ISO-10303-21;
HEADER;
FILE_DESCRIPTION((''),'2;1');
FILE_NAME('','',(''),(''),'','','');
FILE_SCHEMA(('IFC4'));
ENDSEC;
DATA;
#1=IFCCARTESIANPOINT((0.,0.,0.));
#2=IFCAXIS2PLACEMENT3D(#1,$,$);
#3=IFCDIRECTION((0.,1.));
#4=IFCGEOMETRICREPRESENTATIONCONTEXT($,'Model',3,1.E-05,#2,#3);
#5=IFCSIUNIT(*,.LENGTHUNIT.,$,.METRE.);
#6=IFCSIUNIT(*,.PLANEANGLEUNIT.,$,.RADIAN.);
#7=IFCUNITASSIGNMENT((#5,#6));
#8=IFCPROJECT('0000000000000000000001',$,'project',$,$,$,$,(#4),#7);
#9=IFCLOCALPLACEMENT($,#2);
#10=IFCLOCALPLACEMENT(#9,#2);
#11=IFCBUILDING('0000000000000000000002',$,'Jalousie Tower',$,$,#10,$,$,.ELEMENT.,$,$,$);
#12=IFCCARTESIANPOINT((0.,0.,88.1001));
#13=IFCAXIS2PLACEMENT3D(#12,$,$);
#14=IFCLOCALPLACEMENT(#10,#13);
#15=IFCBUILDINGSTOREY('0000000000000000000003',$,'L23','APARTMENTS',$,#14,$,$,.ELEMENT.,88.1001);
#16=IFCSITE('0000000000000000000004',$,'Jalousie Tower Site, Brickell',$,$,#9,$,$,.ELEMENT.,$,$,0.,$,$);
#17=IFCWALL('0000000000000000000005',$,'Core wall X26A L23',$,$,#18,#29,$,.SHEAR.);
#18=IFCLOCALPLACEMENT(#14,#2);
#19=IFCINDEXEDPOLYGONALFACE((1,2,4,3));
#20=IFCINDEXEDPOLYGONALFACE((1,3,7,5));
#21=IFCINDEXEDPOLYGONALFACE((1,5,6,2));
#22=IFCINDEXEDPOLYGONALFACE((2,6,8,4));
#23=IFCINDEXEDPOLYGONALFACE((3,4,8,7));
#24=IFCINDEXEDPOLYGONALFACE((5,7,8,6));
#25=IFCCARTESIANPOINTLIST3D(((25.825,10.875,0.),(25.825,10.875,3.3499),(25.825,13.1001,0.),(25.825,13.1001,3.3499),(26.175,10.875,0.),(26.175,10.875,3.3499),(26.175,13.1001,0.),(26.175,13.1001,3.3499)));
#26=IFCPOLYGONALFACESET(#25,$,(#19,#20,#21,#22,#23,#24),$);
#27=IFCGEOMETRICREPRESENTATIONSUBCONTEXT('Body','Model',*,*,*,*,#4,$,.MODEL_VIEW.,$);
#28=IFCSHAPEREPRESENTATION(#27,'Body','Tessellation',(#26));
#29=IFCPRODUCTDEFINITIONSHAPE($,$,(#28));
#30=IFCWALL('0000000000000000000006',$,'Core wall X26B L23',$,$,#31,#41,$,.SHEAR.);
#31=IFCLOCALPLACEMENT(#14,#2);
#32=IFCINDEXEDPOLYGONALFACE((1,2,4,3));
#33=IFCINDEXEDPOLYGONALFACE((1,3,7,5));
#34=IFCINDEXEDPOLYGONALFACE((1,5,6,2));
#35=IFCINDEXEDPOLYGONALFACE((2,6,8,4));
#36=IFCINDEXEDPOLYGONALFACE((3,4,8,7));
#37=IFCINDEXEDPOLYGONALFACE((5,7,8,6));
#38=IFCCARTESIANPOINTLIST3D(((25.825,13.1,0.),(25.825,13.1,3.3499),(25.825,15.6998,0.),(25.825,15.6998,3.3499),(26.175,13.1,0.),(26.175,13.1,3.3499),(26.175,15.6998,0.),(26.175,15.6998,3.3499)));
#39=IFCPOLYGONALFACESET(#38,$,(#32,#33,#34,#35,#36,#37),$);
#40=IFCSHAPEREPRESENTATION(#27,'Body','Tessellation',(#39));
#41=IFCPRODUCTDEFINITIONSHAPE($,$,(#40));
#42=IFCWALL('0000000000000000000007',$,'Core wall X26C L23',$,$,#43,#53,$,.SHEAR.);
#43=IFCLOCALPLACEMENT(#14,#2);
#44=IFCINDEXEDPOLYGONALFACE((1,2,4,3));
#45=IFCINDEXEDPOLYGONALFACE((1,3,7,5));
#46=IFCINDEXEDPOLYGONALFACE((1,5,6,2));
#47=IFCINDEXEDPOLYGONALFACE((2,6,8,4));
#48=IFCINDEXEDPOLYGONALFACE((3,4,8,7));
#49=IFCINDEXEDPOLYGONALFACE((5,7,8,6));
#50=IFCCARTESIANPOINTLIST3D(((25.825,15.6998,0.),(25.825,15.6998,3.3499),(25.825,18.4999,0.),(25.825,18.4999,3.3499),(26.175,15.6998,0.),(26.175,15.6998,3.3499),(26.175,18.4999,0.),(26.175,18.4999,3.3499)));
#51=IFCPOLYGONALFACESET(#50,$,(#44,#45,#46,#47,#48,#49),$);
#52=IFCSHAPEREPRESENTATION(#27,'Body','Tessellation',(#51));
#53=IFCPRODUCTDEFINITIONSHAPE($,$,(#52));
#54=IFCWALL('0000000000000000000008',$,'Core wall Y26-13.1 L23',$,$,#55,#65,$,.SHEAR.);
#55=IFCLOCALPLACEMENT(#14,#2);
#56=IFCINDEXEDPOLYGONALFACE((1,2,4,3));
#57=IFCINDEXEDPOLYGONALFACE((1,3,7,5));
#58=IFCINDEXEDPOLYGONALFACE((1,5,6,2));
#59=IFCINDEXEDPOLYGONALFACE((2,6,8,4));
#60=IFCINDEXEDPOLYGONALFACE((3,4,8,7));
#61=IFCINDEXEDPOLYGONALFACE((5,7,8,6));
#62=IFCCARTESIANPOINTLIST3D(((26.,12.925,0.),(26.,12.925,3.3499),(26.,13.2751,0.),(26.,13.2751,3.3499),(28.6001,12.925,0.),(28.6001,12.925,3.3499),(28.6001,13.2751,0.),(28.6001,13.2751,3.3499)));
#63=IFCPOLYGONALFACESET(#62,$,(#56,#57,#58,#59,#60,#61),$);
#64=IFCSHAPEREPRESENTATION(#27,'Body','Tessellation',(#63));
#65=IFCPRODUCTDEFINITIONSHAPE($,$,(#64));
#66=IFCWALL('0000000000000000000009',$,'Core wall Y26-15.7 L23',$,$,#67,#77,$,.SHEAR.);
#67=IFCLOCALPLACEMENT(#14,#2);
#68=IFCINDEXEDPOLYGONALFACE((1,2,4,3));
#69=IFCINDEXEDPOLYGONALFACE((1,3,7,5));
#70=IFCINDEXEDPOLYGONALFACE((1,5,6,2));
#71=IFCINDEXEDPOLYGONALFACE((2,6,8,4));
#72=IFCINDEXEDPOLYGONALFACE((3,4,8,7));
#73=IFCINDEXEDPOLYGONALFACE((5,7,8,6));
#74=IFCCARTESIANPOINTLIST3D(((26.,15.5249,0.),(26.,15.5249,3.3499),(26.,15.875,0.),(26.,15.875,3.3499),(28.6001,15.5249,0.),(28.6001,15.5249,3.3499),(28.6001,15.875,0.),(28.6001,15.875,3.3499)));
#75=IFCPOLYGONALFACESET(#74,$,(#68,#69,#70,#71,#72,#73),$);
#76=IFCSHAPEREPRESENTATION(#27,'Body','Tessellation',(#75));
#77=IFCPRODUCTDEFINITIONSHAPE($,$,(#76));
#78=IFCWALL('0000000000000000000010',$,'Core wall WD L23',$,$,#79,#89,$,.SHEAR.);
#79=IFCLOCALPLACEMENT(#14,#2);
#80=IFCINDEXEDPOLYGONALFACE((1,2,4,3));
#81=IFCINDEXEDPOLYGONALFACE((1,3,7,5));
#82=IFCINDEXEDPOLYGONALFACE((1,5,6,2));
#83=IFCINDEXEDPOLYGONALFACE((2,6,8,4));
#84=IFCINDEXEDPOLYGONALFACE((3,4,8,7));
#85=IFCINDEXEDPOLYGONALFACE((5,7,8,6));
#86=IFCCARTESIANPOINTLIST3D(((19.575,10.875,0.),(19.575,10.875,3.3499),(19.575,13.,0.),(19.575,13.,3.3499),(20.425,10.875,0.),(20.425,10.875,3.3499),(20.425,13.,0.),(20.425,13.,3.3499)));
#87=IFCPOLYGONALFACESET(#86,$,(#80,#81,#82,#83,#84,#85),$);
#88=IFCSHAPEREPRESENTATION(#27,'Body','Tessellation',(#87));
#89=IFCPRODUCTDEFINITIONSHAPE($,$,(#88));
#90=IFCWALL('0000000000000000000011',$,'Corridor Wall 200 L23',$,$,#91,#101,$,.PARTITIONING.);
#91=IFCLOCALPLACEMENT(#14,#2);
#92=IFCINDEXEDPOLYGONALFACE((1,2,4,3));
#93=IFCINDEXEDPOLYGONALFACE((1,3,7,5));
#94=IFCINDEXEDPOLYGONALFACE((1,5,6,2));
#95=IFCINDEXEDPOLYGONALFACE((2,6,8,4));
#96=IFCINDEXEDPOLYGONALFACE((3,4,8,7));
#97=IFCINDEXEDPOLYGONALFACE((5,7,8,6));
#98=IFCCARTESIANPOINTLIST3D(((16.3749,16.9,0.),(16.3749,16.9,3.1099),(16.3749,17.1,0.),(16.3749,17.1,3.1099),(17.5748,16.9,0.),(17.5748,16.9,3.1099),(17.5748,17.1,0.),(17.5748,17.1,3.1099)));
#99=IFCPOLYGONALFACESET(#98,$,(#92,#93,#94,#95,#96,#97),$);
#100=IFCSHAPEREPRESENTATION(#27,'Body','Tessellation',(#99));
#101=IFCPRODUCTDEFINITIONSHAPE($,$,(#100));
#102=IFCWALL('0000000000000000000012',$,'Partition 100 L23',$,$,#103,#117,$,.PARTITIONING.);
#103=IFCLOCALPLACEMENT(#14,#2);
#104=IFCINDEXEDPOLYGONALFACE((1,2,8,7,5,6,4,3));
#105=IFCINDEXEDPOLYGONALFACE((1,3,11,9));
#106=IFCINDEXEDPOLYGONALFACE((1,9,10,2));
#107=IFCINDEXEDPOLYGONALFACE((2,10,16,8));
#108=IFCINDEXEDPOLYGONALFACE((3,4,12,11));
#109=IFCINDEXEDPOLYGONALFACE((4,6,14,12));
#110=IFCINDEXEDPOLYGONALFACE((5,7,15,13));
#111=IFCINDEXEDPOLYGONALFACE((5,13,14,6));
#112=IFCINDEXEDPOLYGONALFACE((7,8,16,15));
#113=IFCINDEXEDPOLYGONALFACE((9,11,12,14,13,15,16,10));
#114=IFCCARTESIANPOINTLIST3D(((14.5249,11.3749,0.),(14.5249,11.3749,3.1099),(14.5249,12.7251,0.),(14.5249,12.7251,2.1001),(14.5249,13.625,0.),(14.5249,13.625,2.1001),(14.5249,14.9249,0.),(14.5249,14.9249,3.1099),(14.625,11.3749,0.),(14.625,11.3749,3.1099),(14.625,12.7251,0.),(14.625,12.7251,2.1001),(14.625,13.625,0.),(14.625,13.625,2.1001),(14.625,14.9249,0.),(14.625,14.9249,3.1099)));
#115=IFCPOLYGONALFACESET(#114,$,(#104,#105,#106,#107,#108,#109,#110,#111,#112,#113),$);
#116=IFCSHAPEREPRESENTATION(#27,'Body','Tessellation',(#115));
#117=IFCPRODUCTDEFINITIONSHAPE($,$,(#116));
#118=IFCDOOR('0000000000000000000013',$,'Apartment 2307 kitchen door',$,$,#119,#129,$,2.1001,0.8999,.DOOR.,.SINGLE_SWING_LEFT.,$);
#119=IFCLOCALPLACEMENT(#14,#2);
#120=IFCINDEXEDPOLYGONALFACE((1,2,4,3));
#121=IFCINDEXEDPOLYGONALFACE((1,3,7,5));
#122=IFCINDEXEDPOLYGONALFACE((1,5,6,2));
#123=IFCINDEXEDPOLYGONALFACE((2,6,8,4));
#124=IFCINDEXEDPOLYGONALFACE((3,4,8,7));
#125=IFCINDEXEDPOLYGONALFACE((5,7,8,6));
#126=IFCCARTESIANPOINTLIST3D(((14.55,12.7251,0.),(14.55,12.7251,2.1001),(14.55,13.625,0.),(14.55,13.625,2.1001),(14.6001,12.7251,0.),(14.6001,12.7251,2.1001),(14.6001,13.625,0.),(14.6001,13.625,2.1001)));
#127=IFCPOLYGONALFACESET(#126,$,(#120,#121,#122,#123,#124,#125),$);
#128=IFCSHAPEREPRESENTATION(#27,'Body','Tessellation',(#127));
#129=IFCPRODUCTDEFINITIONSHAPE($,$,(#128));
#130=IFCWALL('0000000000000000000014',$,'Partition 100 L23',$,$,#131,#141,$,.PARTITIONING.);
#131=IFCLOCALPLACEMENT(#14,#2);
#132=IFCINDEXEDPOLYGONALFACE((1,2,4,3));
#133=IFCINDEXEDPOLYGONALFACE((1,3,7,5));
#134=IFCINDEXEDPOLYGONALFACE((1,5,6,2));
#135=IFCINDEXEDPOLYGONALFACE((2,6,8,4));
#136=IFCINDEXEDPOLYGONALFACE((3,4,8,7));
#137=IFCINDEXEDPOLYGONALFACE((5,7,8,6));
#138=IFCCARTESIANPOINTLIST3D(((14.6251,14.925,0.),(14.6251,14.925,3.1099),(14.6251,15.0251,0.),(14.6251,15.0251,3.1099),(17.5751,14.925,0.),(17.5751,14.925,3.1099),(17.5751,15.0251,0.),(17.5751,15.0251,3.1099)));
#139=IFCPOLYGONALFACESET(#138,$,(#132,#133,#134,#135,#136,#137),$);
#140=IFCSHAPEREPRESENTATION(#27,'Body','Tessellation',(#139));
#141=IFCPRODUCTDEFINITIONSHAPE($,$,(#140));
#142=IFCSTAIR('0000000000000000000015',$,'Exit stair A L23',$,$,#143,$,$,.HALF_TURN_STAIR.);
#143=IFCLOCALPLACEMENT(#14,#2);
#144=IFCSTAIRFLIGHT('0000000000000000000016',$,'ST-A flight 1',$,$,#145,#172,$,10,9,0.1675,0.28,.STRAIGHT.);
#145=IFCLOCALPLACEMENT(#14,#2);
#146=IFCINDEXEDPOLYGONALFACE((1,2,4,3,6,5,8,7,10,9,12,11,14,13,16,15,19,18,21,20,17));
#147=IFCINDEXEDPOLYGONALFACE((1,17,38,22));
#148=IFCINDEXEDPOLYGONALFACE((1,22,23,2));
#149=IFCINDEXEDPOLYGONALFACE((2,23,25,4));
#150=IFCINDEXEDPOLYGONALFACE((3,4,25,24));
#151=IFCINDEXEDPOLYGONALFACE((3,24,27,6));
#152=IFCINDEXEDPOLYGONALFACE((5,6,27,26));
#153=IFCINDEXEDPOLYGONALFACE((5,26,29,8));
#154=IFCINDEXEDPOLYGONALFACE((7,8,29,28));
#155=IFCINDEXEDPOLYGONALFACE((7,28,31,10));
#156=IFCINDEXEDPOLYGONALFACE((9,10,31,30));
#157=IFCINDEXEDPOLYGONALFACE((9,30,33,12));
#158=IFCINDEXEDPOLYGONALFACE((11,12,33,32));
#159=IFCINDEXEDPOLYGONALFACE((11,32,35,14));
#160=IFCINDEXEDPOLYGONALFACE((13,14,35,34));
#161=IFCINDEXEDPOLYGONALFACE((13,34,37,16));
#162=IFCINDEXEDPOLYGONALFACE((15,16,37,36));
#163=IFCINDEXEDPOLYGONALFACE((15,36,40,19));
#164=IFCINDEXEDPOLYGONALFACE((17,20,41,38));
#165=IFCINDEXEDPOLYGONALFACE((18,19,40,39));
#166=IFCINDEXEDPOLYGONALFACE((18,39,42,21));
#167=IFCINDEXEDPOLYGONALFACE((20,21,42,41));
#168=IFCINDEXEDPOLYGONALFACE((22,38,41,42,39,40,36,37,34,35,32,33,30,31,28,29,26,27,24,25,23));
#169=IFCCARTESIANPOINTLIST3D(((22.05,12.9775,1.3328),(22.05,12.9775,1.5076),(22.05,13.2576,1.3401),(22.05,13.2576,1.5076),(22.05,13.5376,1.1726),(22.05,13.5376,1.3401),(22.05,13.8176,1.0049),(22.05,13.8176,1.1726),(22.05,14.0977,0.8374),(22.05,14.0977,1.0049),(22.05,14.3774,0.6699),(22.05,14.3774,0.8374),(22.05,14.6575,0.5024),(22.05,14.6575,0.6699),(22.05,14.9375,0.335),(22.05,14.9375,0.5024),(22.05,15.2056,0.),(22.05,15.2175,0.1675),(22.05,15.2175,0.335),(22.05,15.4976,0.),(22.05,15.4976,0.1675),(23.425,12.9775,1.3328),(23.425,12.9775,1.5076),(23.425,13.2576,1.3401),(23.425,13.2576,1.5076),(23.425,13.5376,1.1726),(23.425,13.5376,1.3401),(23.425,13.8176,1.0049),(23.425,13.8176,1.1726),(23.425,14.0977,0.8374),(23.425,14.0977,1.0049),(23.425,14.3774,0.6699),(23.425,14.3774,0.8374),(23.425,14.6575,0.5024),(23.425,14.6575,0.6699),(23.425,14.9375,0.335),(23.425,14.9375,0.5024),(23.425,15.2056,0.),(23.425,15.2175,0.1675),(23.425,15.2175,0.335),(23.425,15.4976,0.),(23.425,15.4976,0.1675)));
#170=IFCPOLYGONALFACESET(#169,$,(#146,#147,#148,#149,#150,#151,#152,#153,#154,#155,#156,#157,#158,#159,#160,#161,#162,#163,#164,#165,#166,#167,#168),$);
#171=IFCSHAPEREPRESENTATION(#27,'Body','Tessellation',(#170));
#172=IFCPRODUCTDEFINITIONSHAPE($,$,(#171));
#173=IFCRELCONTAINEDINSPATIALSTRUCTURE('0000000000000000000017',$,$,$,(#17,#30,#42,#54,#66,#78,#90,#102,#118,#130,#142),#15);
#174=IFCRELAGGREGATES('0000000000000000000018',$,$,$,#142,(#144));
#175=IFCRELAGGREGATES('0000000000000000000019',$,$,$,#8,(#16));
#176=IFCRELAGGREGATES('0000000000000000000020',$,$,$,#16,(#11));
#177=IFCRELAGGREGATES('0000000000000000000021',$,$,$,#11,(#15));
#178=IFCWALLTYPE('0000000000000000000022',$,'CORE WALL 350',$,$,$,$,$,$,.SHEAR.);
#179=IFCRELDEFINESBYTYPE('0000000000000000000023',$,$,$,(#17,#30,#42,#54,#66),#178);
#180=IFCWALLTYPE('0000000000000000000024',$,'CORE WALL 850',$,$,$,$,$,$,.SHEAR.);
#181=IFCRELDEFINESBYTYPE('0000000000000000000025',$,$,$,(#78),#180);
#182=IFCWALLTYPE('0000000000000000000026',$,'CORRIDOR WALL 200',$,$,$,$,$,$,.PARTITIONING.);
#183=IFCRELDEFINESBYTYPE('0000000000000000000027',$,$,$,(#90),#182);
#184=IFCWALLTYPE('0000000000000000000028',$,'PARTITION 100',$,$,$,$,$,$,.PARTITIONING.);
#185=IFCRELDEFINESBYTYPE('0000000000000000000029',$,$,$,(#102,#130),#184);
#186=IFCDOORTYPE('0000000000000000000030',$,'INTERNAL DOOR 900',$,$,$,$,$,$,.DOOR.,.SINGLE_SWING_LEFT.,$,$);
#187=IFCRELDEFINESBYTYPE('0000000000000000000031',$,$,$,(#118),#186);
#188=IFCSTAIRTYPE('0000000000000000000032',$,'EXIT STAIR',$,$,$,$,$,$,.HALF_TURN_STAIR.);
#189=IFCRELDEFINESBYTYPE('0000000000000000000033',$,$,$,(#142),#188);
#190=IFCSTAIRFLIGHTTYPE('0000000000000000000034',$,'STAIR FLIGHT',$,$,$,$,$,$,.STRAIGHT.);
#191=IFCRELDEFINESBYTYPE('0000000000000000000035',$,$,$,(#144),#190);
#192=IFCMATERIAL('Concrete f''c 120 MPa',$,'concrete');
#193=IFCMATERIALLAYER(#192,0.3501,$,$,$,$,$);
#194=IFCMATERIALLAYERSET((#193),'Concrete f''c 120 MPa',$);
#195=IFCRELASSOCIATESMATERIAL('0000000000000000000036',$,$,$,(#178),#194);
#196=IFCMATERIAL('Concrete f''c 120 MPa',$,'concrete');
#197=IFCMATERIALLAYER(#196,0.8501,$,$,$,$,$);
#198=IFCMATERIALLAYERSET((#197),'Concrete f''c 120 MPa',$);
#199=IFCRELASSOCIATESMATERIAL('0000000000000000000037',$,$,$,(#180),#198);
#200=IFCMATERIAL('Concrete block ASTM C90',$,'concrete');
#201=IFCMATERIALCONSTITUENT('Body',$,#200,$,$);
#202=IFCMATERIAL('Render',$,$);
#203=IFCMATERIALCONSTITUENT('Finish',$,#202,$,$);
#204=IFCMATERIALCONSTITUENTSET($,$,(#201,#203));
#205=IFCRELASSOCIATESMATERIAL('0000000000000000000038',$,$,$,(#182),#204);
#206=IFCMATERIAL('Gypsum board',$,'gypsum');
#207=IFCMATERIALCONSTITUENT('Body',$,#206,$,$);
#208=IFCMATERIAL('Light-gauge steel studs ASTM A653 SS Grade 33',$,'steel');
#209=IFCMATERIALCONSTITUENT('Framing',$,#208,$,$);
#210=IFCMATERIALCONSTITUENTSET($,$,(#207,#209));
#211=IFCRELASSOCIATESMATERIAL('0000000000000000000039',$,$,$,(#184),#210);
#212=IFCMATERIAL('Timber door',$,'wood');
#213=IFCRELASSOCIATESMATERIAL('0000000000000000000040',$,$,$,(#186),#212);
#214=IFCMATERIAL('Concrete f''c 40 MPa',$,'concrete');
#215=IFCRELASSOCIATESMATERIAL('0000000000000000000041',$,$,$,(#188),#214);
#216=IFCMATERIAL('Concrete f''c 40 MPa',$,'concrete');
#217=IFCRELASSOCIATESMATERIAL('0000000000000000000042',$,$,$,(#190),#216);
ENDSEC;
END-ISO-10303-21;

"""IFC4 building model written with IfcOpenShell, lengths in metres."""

from ifc_helpers import new_model, si_unit, direction, frame, frame_2d, origin, place, context, subcontext, project, spatial, polyline, rectangle, outline, extrude, material, layer, layer_set, constituent, constituent_set, type_object, element, fill, aggregate, save


model = new_model("IFC4")

# Units and contexts
model_context = context("Model", 3, precision=1e-05, world=origin(), true_north=direction((0.0, 1.0)))
body_context = subcontext(model_context, "Body", "Model", "MODEL_VIEW")
ifc_project = project(units=[si_unit("LENGTHUNIT", "METRE"), si_unit("PLANEANGLEUNIT", "RADIAN")], contexts=[model_context])

# Site, building, storey
site_placement = place(None, origin())
site = spatial("IfcSite", under=ifc_project, at=site_placement, Name="Jalousie Tower Site, Brickell", CompositionType="ELEMENT", RefElevation=0.0)
building_placement = place(site_placement, origin())
building = spatial("IfcBuilding", under=site, at=building_placement, Name="Jalousie Tower", CompositionType="ELEMENT")
storey_placement = place(building_placement, frame((0.0, 0.0, 88.1001)))
storey = spatial("IfcBuildingStorey", under=building, at=storey_placement, Name="L23", Description="APARTMENTS", CompositionType="ELEMENT", Elevation=88.1001)

# Walls
ifc_material_1 = material(Name="Concrete f'c 120 MPa", Category="concrete")
ifc_layer_1 = layer(ifc_material_1, 0.3501)
ifc_layer_set_1 = layer_set([ifc_layer_1], Name="Concrete f'c 120 MPa")
wall_type_1 = type_object("IfcWallType", Name="CORE WALL 350", PredefinedType="SHEAR", material=ifc_layer_set_1)
wall_1_placement = place(storey_placement, frame((26.0, 10.875, 0.0), z_axis=(0.0, 0.0, 1.0), x_axis=(0.0, 1.0, 0.0)))
element("IfcWall", 1, at=wall_1_placement, inside=storey, type_object=wall_type_1, Name="Core wall X26A L23", PredefinedType="SHEAR", context=body_context, shape_type="SweptSolid", body=[
    extrude(rectangle(XDim=2.2251, YDim=0.3501, at=frame_2d((1.1125, 0.0))), origin(), (0.0, 0.0, 1.0), 3.3499),
])
wall_2_placement = place(storey_placement, frame((26.0, 13.1001, 0.0), z_axis=(0.0, 0.0, 1.0), x_axis=(0.0, 1.0, 0.0)))
element("IfcWall", 2, at=wall_2_placement, inside=storey, type_object=wall_type_1, Name="Core wall X26B L23", PredefinedType="SHEAR", context=body_context, shape_type="SweptSolid", body=[
    extrude(rectangle(XDim=2.5999, YDim=0.3501, at=frame_2d((1.2998, 0.0))), origin(), (0.0, 0.0, 1.0), 3.3499),
])
wall_3_placement = place(storey_placement, frame((26.0, 15.7, 0.0), z_axis=(0.0, 0.0, 1.0), x_axis=(0.0, 1.0, 0.0)))
element("IfcWall", 3, at=wall_3_placement, inside=storey, type_object=wall_type_1, Name="Core wall X26C L23", PredefinedType="SHEAR", context=body_context, shape_type="SweptSolid", body=[
    extrude(rectangle(XDim=2.8, YDim=0.3501, at=frame_2d((1.3999, 0.0))), origin(), (0.0, 0.0, 1.0), 3.3499),
])
for number, where, z_axis, x_axis, name in (
    (4, (26.0, 13.1001, 0.0), (0.0, 0.0, 1.0), (1.0, 0.0, 0.0), "Core wall Y26-13.1 L23"),
    (5, (26.0, 15.7, 0.0), (0.0, 0.0, 1.0), (1.0, 0.0, 0.0), "Core wall Y26-15.7 L23"),
):
    element("IfcWall", number, at=place(storey_placement, frame(where, z_axis=z_axis, x_axis=x_axis)), inside=storey, type_object=wall_type_1, Name=name, PredefinedType="SHEAR", context=body_context, shape_type="SweptSolid", body=[
        extrude(rectangle(XDim=2.6001, YDim=0.3501, at=frame_2d((1.3, 0.0))), origin(), (0.0, 0.0, 1.0), 3.3499),
    ])
ifc_material_2 = material(Name="Concrete f'c 120 MPa", Category="concrete")
ifc_layer_2 = layer(ifc_material_2, 0.8501)
ifc_layer_set_2 = layer_set([ifc_layer_2], Name="Concrete f'c 120 MPa")
wall_type_2 = type_object("IfcWallType", Name="CORE WALL 850", PredefinedType="SHEAR", material=ifc_layer_set_2)
wall_4_placement = place(storey_placement, frame((20.0, 13.0, 0.0), z_axis=(0.0, 0.0, 1.0), x_axis=(0.0, -1.0, 0.0)))
element("IfcWall", 6, at=wall_4_placement, inside=storey, type_object=wall_type_2, Name="Core wall WD L23", PredefinedType="SHEAR", context=body_context, shape_type="SweptSolid", body=[
    extrude(rectangle(XDim=2.125, YDim=0.8501, at=frame_2d((1.0625, 0.0))), origin(), (0.0, 0.0, 1.0), 3.3499),
])
ifc_material_3 = material(Name="Concrete block ASTM C90", Category="concrete")
ifc_constituent_1 = constituent(ifc_material_3, Name="Body")
ifc_material_4 = material(Name="Render")
ifc_constituent_2 = constituent(ifc_material_4, Name="Finish")
ifc_constituent_set_1 = constituent_set(constituents=[ifc_constituent_1, ifc_constituent_2])
wall_type_3 = type_object("IfcWallType", Name="CORRIDOR WALL 200", PredefinedType="PARTITIONING", material=ifc_constituent_set_1)
wall_5_placement = place(storey_placement, frame((17.575, 17.0, 0.0), z_axis=(0.0, 0.0, 1.0), x_axis=(-1.0, 0.0, 0.0)))
element("IfcWall", 7, at=wall_5_placement, inside=storey, type_object=wall_type_3, Name="Corridor Wall 200 L23", PredefinedType="PARTITIONING", context=body_context, shape_type="SweptSolid", body=[
    extrude(rectangle(XDim=1.2, YDim=0.2, at=frame_2d((0.6001, 0.0))), origin(), (0.0, 0.0, 1.0), 3.1099),
])

# Wall, opening, door
ifc_material_5 = material(Name="Gypsum board", Category="gypsum")
ifc_constituent_3 = constituent(ifc_material_5, Name="Body")
ifc_material_6 = material(Name="Light-gauge steel studs ASTM A653 SS Grade 33", Category="steel")
ifc_constituent_4 = constituent(ifc_material_6, Name="Framing")
ifc_constituent_set_2 = constituent_set(constituents=[ifc_constituent_3, ifc_constituent_4])
wall_type_4 = type_object("IfcWallType", Name="PARTITION 100", PredefinedType="PARTITIONING", material=ifc_constituent_set_2)
wall_6_placement = place(storey_placement, frame((14.575, 11.375, 0.0), z_axis=(0.0, 0.0, 1.0), x_axis=(0.0, 1.0, 0.0)))
wall_6 = element("IfcWall", 8, at=wall_6_placement, inside=storey, type_object=wall_type_4, Name="Partition 100 L23", PredefinedType="PARTITIONING", context=body_context, shape_type="SweptSolid", body=[
    extrude(rectangle(XDim=3.55, YDim=0.1001, at=frame_2d((1.7749, 0.0))), origin(), (0.0, 0.0, 1.0), 3.1099),
])
opening_placement = place(wall_6_placement, frame((1.3501, 0.0, 0.0)))
opening = element("IfcOpeningElement", 9, at=opening_placement, cuts=wall_6, PredefinedType="OPENING", context=body_context, shape_type="SweptSolid", body=[
    extrude(rectangle(XDim=0.8999, YDim=2.1001, at=frame_2d((0.45, 1.05))), frame((0.0, 0.0601, 0.0), z_axis=(0.0, -1.0, 0.0), x_axis=(1.0, 0.0, 0.0)), (0.0, 0.0, 1.0), 0.1201),
])
ifc_material_7 = material(Name="Timber door", Category="wood")
door_type = type_object("IfcDoorType", Name="INTERNAL DOOR 900", OperationType="SINGLE_SWING_LEFT", PredefinedType="DOOR", material=ifc_material_7)
door_placement = place(opening_placement, origin())
door = element("IfcDoor", 10, at=door_placement, inside=storey, type_object=door_type, Name="Apartment 2307 kitchen door", OperationType="SINGLE_SWING_LEFT", OverallHeight=2.1001, OverallWidth=0.8999, PredefinedType="DOOR", context=body_context, shape_type="SweptSolid", body=[
    extrude(rectangle(XDim=0.8999, YDim=2.1001, at=frame_2d((0.45, 1.05))), frame((0.0, 0.0249, 0.0), z_axis=(0.0, -1.0, 0.0), x_axis=(1.0, 0.0, 0.0)), (0.0, 0.0, 1.0), 0.05),
])
fill(opening, door)

# Wall
wall_7_placement = place(storey_placement, frame((14.625, 14.9751, 0.0), z_axis=(0.0, 0.0, 1.0), x_axis=(1.0, 0.0, 0.0)))
element("IfcWall", 11, at=wall_7_placement, inside=storey, type_object=wall_type_4, Name="Partition 100 L23", PredefinedType="PARTITIONING", context=body_context, shape_type="SweptSolid", body=[
    extrude(rectangle(XDim=2.95, YDim=0.1001, at=frame_2d((1.4751, 0.0))), origin(), (0.0, 0.0, 1.0), 3.1099),
])

# Stair, stair flight
ifc_material_8 = material(Name="Concrete f'c 40 MPa", Category="concrete")
stair_type = type_object("IfcStairType", Name="EXIT STAIR", PredefinedType="HALF_TURN_STAIR", material=ifc_material_8)
stair_placement = place(storey_placement, origin())
stair = element("IfcStair", 12, at=stair_placement, inside=storey, type_object=stair_type, Name="Exit stair A L23", PredefinedType="HALF_TURN_STAIR")
ifc_material_9 = material(Name="Concrete f'c 40 MPa", Category="concrete")
stair_flight_type = type_object("IfcStairFlightType", Name="STAIR FLIGHT", PredefinedType="STRAIGHT", material=ifc_material_9)
stair_flight_1_placement = place(storey_placement, frame((22.7375, 15.4976, 0.0), z_axis=(0.0, 0.0, 1.0), x_axis=(0.0, -1.0, 0.0)))
stair_flight_1 = element("IfcStairFlight", 13, at=stair_flight_1_placement, type_object=stair_flight_type, Name="ST-A flight 1", NumberOfRisers=10, NumberOfTreads=9, PredefinedType="STRAIGHT", RiserHeight=0.1675, TreadLength=0.28, context=body_context, shape_type="SweptSolid", body=[
    extrude(outline(polyline([(0.0, 0.0), (0.0, 0.1675), (0.28, 0.1675), (0.28, 0.335), (0.5601, 0.335), (0.5601, 0.5024), (0.8401, 0.5024), (0.8401, 0.6699), (1.1201, 0.6699), (1.1201, 0.8374), (1.3999, 0.8374), (1.3999, 1.0049), (1.6799, 1.0049), (1.6799, 1.1726), (1.96, 1.1726), (1.96, 1.3401), (2.24, 1.3401), (2.24, 1.5076), (2.52, 1.5076), (2.52, 1.675), (2.52, 1.3328), (0.292, 0.0), (0.0, 0.0)])), frame((0.0, 0.6875, 0.0), z_axis=(0.0, -1.0, 0.0), x_axis=(1.0, 0.0, 0.0)), (0.0, 0.0, 1.0), 1.375),
])
aggregate(stair, [stair_flight_1])

save(model, "model.ifc")
